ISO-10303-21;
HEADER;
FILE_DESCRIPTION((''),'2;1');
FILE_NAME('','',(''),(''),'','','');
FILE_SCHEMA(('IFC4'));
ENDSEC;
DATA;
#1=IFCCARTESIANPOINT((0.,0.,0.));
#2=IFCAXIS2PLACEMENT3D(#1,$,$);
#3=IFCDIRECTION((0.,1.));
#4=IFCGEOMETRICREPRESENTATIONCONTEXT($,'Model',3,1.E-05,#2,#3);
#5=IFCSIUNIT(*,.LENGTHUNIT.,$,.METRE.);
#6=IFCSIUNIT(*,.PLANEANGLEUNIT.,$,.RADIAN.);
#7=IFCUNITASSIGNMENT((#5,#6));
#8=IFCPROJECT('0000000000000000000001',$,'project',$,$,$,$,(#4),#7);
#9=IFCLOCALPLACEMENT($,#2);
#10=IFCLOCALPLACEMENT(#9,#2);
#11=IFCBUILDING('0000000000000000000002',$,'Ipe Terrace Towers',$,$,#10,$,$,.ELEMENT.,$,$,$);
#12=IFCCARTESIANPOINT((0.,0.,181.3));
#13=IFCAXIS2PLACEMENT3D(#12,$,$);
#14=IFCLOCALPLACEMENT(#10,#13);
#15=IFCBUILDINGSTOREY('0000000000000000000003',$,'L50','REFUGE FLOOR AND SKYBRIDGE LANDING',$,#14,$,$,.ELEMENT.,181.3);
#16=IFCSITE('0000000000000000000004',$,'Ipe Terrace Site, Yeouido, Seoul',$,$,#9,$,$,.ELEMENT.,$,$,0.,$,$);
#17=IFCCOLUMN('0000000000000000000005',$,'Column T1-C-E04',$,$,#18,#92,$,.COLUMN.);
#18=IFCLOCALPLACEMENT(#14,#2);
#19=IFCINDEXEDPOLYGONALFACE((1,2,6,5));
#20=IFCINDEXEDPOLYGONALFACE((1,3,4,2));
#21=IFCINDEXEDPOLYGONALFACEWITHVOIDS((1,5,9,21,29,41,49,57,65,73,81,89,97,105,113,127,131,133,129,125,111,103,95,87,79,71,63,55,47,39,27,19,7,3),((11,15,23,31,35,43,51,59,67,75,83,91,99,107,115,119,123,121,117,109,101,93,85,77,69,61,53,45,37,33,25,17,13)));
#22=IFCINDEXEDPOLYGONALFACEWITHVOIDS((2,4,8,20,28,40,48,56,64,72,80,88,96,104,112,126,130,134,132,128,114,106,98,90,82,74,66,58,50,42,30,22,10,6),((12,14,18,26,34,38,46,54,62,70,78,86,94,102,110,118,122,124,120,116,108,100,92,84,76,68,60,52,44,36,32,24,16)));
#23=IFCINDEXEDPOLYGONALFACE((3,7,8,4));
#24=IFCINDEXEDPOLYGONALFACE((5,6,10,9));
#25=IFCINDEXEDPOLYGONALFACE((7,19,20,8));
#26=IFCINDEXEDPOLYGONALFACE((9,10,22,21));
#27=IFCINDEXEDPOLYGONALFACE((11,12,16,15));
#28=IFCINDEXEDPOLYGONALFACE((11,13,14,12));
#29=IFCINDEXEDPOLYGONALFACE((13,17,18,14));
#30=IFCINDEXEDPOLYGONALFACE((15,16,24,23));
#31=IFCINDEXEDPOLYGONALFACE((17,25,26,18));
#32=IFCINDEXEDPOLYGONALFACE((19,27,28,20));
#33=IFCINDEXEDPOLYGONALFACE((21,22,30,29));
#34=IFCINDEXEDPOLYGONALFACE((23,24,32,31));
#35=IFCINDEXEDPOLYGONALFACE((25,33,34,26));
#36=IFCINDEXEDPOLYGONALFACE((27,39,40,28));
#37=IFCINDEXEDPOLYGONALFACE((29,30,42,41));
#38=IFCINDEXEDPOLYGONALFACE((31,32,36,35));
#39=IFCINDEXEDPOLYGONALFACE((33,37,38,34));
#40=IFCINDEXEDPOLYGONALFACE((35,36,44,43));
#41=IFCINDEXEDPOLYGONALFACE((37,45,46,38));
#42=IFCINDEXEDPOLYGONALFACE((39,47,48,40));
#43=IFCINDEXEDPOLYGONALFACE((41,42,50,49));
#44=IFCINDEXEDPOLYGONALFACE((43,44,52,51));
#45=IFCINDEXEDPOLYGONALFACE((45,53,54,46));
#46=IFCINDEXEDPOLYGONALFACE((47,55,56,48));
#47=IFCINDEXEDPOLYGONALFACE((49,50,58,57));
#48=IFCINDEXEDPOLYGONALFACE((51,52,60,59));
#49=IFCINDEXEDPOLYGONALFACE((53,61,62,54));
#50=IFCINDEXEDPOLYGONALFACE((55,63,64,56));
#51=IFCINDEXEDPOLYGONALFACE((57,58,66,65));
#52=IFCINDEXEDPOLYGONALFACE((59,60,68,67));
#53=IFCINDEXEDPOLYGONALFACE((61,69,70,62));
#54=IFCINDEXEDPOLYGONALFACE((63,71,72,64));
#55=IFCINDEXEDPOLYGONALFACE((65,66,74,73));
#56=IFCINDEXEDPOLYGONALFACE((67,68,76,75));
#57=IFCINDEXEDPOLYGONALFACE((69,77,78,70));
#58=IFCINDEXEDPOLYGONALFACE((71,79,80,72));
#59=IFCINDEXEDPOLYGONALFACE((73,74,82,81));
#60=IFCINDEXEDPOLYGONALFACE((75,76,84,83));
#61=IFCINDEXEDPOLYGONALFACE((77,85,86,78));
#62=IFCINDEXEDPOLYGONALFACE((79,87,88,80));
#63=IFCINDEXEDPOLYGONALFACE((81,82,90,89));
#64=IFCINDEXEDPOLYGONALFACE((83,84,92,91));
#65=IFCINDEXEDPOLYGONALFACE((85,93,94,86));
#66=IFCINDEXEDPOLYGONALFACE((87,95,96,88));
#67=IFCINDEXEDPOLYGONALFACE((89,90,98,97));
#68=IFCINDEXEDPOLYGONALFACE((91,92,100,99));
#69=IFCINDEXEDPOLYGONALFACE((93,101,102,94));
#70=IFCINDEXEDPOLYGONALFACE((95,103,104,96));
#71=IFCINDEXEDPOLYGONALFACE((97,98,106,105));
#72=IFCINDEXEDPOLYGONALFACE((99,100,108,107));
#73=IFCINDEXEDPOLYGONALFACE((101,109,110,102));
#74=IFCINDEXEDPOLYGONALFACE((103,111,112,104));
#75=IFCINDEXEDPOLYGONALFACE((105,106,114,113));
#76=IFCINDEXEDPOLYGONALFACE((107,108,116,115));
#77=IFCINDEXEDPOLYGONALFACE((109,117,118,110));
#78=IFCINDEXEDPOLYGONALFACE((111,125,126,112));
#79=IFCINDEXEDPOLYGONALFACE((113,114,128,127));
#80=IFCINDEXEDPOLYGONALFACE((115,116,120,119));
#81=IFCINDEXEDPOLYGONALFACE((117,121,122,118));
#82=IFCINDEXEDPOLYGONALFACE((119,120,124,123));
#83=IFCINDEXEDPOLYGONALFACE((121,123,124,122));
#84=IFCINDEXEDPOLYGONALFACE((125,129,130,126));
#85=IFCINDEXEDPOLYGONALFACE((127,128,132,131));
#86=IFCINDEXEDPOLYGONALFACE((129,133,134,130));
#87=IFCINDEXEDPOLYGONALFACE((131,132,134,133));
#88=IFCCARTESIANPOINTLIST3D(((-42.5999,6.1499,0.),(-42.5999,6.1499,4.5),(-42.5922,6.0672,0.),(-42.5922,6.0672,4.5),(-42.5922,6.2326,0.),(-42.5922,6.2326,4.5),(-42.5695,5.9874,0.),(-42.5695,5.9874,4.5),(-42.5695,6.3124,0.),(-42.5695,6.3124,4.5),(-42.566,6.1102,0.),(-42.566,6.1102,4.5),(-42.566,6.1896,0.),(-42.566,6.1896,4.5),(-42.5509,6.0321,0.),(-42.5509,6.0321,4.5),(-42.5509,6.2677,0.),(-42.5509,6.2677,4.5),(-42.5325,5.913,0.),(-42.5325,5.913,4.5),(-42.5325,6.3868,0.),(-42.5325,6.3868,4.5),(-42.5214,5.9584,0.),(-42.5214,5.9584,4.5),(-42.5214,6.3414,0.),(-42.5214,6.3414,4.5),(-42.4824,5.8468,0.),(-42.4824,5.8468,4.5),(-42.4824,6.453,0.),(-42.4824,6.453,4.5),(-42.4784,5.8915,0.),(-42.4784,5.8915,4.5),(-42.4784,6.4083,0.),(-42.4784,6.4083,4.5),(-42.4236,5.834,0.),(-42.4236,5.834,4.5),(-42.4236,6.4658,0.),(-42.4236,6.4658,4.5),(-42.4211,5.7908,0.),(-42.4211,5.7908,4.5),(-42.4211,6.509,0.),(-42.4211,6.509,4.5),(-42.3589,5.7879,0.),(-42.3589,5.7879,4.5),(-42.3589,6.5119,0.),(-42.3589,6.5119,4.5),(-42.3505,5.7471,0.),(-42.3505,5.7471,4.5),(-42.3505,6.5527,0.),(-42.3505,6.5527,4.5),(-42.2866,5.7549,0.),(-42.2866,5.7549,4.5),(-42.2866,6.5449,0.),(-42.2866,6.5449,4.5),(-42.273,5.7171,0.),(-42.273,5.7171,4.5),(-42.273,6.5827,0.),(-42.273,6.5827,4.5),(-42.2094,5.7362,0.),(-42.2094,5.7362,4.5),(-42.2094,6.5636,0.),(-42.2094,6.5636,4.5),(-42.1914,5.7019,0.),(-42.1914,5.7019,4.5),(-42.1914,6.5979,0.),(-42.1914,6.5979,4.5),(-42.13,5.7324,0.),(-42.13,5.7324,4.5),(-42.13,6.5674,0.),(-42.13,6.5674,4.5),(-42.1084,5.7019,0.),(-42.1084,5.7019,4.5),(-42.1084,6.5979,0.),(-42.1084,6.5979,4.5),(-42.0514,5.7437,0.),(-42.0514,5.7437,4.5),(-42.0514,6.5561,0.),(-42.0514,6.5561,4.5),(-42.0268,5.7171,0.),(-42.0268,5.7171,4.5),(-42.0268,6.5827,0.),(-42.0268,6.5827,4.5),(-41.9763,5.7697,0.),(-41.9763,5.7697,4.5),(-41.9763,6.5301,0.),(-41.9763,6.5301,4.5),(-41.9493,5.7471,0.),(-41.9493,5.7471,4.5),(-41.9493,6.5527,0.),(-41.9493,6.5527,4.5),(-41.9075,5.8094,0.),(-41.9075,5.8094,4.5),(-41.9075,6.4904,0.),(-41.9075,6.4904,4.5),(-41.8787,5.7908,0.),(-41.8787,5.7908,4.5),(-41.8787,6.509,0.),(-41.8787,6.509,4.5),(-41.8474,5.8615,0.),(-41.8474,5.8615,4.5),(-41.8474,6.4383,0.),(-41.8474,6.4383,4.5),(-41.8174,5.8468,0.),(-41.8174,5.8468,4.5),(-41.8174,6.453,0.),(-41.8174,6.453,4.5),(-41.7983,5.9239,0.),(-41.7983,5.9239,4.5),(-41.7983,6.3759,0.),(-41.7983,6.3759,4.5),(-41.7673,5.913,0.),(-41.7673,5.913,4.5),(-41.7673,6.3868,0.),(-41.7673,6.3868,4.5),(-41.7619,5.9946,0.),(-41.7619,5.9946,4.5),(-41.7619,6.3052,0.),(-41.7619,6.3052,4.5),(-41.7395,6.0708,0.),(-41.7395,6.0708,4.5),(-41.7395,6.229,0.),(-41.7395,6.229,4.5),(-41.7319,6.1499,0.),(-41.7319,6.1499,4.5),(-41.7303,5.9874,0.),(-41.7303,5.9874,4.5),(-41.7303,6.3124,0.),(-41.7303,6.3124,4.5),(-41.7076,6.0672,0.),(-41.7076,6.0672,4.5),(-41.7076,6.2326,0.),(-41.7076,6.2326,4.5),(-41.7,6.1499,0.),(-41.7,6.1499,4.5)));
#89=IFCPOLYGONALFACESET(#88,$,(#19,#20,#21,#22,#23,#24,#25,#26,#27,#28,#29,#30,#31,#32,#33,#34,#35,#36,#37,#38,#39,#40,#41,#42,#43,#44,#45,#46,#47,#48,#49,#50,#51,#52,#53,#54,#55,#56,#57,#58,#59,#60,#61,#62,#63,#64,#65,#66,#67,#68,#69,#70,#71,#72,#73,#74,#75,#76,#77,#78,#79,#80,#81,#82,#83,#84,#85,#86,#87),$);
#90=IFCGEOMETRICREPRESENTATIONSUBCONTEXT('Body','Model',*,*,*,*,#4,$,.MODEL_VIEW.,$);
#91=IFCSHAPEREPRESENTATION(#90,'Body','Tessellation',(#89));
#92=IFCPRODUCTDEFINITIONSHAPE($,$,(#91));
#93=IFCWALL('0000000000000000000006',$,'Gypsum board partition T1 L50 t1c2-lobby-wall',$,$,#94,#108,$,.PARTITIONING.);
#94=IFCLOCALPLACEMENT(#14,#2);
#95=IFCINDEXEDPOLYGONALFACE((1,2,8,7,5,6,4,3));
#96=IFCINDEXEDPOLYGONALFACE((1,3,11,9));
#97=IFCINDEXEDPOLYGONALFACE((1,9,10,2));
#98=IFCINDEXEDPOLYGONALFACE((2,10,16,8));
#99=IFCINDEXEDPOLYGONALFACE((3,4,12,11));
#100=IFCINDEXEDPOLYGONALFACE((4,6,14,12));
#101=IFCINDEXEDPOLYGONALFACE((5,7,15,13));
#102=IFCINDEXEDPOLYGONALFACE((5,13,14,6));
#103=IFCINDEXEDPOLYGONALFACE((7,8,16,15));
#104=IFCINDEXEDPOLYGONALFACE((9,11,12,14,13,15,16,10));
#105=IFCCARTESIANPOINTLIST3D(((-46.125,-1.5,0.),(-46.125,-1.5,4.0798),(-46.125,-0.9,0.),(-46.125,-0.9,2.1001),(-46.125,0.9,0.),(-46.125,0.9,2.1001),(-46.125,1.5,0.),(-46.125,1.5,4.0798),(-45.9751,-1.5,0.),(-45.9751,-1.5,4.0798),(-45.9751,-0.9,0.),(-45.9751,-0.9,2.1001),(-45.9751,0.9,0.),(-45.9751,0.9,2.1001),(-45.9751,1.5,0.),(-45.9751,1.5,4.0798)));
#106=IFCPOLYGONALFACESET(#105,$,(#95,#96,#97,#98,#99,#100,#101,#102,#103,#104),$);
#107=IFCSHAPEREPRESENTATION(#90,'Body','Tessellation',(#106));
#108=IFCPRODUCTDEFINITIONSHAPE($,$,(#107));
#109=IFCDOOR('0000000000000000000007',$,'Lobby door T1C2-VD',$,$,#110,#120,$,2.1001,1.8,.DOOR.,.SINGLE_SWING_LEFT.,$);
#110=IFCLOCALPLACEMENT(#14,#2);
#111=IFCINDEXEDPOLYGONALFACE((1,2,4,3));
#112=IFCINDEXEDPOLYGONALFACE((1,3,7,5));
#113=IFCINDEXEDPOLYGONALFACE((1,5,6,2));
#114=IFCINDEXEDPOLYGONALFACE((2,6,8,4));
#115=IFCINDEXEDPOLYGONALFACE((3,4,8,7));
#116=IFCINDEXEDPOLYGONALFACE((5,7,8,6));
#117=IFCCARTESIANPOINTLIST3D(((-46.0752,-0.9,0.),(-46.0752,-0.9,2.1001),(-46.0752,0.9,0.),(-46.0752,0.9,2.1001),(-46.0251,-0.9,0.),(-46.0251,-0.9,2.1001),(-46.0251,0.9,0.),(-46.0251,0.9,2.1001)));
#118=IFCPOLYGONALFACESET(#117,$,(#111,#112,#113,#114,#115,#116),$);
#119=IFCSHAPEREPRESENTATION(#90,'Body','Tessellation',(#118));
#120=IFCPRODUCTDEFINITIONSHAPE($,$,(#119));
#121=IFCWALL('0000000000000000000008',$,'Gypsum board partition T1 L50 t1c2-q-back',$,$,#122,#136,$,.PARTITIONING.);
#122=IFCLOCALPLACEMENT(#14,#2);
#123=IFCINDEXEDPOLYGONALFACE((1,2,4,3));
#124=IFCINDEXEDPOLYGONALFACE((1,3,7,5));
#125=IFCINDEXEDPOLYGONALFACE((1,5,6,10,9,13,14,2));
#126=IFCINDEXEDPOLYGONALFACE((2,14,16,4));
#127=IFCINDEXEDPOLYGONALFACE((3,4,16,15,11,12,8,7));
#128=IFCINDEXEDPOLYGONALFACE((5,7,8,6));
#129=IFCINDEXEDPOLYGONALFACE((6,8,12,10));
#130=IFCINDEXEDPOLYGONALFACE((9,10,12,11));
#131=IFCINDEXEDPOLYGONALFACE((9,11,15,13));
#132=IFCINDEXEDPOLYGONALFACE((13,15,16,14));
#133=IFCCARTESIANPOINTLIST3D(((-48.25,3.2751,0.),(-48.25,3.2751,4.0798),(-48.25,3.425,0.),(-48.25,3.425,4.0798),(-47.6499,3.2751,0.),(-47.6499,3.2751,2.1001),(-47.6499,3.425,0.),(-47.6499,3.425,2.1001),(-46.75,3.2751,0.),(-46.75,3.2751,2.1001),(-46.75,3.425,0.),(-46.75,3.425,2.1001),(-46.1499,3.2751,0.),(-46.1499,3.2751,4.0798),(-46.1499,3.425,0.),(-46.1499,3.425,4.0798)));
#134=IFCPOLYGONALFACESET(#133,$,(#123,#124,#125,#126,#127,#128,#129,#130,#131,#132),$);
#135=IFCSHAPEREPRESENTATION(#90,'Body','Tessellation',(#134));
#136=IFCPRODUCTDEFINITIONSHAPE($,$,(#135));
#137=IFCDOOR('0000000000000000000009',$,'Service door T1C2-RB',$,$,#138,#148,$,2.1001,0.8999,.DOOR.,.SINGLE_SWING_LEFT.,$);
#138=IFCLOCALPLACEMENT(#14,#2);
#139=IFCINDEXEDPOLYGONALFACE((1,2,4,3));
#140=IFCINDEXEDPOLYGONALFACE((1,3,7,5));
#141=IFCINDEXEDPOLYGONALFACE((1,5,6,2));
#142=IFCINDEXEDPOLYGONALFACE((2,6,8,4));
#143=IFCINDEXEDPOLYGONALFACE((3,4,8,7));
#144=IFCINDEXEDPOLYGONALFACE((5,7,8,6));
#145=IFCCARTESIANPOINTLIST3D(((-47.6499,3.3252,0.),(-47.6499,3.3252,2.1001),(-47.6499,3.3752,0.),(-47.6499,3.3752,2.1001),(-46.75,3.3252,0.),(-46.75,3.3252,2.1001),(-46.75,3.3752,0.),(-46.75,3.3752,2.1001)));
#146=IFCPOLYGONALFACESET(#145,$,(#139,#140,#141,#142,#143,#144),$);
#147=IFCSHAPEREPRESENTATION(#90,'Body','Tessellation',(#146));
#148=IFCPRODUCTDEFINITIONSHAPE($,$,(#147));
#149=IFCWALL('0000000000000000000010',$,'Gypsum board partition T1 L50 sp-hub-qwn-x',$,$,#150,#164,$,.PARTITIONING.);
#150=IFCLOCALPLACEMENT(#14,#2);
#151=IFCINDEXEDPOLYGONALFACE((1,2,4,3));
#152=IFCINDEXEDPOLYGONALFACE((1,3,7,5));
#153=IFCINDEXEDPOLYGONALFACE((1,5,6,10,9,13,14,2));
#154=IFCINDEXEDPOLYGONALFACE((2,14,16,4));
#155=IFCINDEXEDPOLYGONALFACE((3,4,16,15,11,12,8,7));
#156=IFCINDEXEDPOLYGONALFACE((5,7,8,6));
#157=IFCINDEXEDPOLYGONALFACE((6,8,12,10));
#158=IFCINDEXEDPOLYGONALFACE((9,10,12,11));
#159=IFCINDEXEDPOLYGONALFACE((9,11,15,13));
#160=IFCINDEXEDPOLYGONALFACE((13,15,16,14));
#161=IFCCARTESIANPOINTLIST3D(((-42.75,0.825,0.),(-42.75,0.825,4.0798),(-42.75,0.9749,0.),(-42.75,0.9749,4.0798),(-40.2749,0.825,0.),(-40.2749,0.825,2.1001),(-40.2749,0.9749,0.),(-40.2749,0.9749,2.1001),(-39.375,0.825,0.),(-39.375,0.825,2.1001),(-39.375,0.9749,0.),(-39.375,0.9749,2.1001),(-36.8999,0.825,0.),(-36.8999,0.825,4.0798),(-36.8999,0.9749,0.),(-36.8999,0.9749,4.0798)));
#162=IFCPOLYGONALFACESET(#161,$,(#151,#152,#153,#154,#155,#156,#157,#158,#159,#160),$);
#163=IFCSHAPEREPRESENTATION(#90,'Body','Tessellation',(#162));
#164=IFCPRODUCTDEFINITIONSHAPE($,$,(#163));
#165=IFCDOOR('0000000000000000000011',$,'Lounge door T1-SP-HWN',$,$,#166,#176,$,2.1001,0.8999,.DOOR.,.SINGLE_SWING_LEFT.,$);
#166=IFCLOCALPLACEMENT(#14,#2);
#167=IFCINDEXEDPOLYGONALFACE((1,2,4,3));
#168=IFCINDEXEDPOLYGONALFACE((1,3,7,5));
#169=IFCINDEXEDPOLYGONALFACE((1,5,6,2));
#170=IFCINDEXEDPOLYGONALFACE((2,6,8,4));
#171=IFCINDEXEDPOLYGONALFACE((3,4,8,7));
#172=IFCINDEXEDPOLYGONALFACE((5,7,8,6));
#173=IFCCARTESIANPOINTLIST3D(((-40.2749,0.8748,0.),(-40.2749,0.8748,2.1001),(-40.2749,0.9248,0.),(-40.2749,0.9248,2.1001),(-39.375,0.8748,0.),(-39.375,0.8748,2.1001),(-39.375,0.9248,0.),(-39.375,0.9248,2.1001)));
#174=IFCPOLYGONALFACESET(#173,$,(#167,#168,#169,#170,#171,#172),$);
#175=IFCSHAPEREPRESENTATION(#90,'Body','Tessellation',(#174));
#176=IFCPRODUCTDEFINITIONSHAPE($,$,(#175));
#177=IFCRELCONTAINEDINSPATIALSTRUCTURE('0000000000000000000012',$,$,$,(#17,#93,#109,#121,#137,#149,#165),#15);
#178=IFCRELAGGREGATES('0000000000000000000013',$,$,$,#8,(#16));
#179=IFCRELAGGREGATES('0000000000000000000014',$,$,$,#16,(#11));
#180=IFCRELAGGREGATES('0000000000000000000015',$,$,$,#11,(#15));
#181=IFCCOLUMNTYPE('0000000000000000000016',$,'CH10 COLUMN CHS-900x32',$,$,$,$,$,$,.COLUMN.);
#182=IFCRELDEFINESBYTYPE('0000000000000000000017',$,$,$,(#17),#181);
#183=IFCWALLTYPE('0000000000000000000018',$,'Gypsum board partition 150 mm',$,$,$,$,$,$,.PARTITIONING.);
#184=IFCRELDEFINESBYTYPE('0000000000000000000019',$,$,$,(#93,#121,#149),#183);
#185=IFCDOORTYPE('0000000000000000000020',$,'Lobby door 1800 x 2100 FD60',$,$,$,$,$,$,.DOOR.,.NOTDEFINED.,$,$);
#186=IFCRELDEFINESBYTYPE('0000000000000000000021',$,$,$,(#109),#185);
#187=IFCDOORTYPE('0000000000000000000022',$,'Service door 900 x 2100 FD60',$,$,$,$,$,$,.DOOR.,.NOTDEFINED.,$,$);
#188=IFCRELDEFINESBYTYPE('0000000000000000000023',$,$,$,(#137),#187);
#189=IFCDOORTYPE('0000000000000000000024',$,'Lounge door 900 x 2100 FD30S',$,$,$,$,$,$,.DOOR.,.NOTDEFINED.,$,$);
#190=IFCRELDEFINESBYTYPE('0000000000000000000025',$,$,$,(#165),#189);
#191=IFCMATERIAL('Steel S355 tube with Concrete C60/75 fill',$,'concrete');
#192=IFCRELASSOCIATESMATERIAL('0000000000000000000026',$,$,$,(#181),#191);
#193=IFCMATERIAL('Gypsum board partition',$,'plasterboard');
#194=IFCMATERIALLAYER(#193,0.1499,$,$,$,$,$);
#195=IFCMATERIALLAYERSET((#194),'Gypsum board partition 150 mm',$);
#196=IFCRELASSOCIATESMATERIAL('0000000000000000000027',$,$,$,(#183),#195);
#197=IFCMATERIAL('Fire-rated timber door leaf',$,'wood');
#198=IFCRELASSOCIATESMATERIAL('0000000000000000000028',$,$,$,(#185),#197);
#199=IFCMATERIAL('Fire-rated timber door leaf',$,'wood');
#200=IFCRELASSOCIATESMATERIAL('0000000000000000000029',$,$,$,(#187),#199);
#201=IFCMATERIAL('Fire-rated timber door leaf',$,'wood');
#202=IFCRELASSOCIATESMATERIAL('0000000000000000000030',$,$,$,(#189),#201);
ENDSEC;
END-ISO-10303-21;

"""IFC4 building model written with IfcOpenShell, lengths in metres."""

from ifc_helpers import new_model, si_unit, direction, frame, frame_2d, origin, origin_2d, place, context, subcontext, project, spatial, rectangle, hollow_circle, extrude, material, layer, layer_set, material_profile, profile_set, type_object, element, fill, save


model = new_model("IFC4")

# Units and contexts
model_context = context("Model", 3, precision=1e-05, world=origin(), true_north=direction((0.0, 1.0)))
body_context = subcontext(model_context, "Body", "Model", "MODEL_VIEW")
ifc_project = project(units=[si_unit("LENGTHUNIT", "METRE"), si_unit("PLANEANGLEUNIT", "RADIAN")], contexts=[model_context])

# Site, building, storey
site_placement = place(None, origin())
site = spatial("IfcSite", under=ifc_project, at=site_placement, Name="Ipe Terrace Site, Yeouido, Seoul", CompositionType="ELEMENT", RefElevation=0.0)
building_placement = place(site_placement, origin())
building = spatial("IfcBuilding", under=site, at=building_placement, Name="Ipe Terrace Towers", CompositionType="ELEMENT")
storey_placement = place(building_placement, frame((0.0, 0.0, 181.3)))
storey = spatial("IfcBuildingStorey", under=building, at=storey_placement, Name="L50", Description="REFUGE FLOOR AND SKYBRIDGE LANDING", CompositionType="ELEMENT", Elevation=181.3)

# Column
ifc_material_1 = material(Name="Steel S355 tube with Concrete C60/75 fill", Category="concrete")
ifc_material_profile_1 = material_profile(ifc_material_1, hollow_circle(Radius=0.45, WallThickness=0.032, at=origin_2d()), Name="CHS-900x32")
ifc_profile_set_1 = profile_set([ifc_material_profile_1], Name="Steel S355 tube with Concrete C60/75 fill")
column_type = type_object("IfcColumnType", Name="CH10 COLUMN CHS-900x32", PredefinedType="COLUMN", material=ifc_profile_set_1)
column_placement = place(storey_placement, frame((-42.1499, 6.1499, 0.0), z_axis=(0.0, 0.0, 1.0), x_axis=(1.0, 0.0, 0.0)))
element("IfcColumn", 1, at=column_placement, inside=storey, type_object=column_type, Name="Column T1-C-E04", PredefinedType="COLUMN", context=body_context, shape_type="SweptSolid", body=[
    extrude(hollow_circle(Radius=0.45, WallThickness=0.032, at=origin_2d()), origin(), (0.0, 0.0, 1.0), 4.5),
])

# Walls, openings, doors
ifc_material_2 = material(Name="Gypsum board partition", Category="plasterboard")
ifc_layer_1 = layer(ifc_material_2, 0.1499)
ifc_layer_set_1 = layer_set([ifc_layer_1], Name="Gypsum board partition 150 mm")
wall_type_1 = type_object("IfcWallType", Name="Gypsum board partition 150 mm", PredefinedType="PARTITIONING", material=ifc_layer_set_1)
wall_1_placement = place(storey_placement, frame((-46.05, 1.5, 0.0), z_axis=(0.0, 0.0, 1.0), x_axis=(0.0, -1.0, 0.0)))
wall_1 = element("IfcWall", 2, at=wall_1_placement, inside=storey, type_object=wall_type_1, Name="Gypsum board partition T1 L50 t1c2-lobby-wall", PredefinedType="PARTITIONING", context=body_context, shape_type="SweptSolid", body=[
    extrude(rectangle(XDim=3.0, YDim=0.1499, at=frame_2d((1.5, 0.0))), origin(), (0.0, 0.0, 1.0), 4.0798),
])
opening_1_placement = place(wall_1_placement, frame((0.6001, 0.0, 0.0)))
opening_1 = element("IfcOpeningElement", 3, at=opening_1_placement, cuts=wall_1, PredefinedType="OPENING", context=body_context, shape_type="SweptSolid", body=[
    extrude(rectangle(XDim=1.8, YDim=2.1001, at=frame_2d((0.8999, 1.05))), frame((0.0, 0.085, 0.0), z_axis=(0.0, -1.0, 0.0), x_axis=(1.0, 0.0, 0.0)), (0.0, 0.0, 1.0), 0.1699),
])
ifc_material_3 = material(Name="Fire-rated timber door leaf", Category="wood")
door_type_1 = type_object("IfcDoorType", Name="Lobby door 1800 x 2100 FD60", OperationType="NOTDEFINED", PredefinedType="DOOR", material=ifc_material_3)
door_1_placement = place(opening_1_placement, origin())
door_1 = element("IfcDoor", 4, at=door_1_placement, inside=storey, type_object=door_type_1, Name="Lobby door T1C2-VD", OperationType="SINGLE_SWING_LEFT", OverallHeight=2.1001, OverallWidth=1.8, PredefinedType="DOOR", context=body_context, shape_type="SweptSolid", body=[
    extrude(rectangle(XDim=1.8, YDim=2.1001, at=frame_2d((0.8999, 1.05))), frame((0.0, 0.0249, 0.0), z_axis=(0.0, -1.0, 0.0), x_axis=(1.0, 0.0, 0.0)), (0.0, 0.0, 1.0), 0.05),
])
fill(opening_1, door_1)
wall_2_placement = place(storey_placement, frame((-46.1499, 3.3501, 0.0), z_axis=(0.0, 0.0, 1.0), x_axis=(-1.0, 0.0, 0.0)))
wall_2 = element("IfcWall", 5, at=wall_2_placement, inside=storey, type_object=wall_type_1, Name="Gypsum board partition T1 L50 t1c2-q-back", PredefinedType="PARTITIONING", context=body_context, shape_type="SweptSolid", body=[
    extrude(rectangle(XDim=2.1001, YDim=0.1499, at=frame_2d((1.05, 0.0))), origin(), (0.0, 0.0, 1.0), 4.0798),
])
opening_2_placement = place(wall_2_placement, frame((0.6001, 0.0, 0.0)))
opening_2 = element("IfcOpeningElement", 6, at=opening_2_placement, cuts=wall_2, PredefinedType="OPENING", context=body_context, shape_type="SweptSolid", body=[
    extrude(rectangle(XDim=0.8999, YDim=2.1001, at=frame_2d((0.45, 1.05))), frame((0.0, 0.085, 0.0), z_axis=(0.0, -1.0, 0.0), x_axis=(1.0, 0.0, 0.0)), (0.0, 0.0, 1.0), 0.1699),
])
ifc_material_4 = material(Name="Fire-rated timber door leaf", Category="wood")
door_type_2 = type_object("IfcDoorType", Name="Service door 900 x 2100 FD60", OperationType="NOTDEFINED", PredefinedType="DOOR", material=ifc_material_4)
door_2_placement = place(opening_2_placement, origin())
door_2 = element("IfcDoor", 7, at=door_2_placement, inside=storey, type_object=door_type_2, Name="Service door T1C2-RB", OperationType="SINGLE_SWING_LEFT", OverallHeight=2.1001, OverallWidth=0.8999, PredefinedType="DOOR", context=body_context, shape_type="SweptSolid", body=[
    extrude(rectangle(XDim=0.8999, YDim=2.1001, at=frame_2d((0.45, 1.05))), frame((0.0, 0.0249, 0.0), z_axis=(0.0, -1.0, 0.0), x_axis=(1.0, 0.0, 0.0)), (0.0, 0.0, 1.0), 0.05),
])
fill(opening_2, door_2)
wall_3_placement = place(storey_placement, frame((-42.75, 0.8999, 0.0), z_axis=(0.0, 0.0, 1.0), x_axis=(1.0, 0.0, 0.0)))
wall_3 = element("IfcWall", 8, at=wall_3_placement, inside=storey, type_object=wall_type_1, Name="Gypsum board partition T1 L50 sp-hub-qwn-x", PredefinedType="PARTITIONING", context=body_context, shape_type="SweptSolid", body=[
    extrude(rectangle(XDim=5.8501, YDim=0.1499, at=frame_2d((2.925, 0.0))), origin(), (0.0, 0.0, 1.0), 4.0798),
])
opening_3_placement = place(wall_3_placement, frame((2.4751, 0.0, 0.0)))
opening_3 = element("IfcOpeningElement", 9, at=opening_3_placement, cuts=wall_3, PredefinedType="OPENING", context=body_context, shape_type="SweptSolid", body=[
    extrude(rectangle(XDim=0.8999, YDim=2.1001, at=frame_2d((0.45, 1.05))), frame((0.0, 0.085, 0.0), z_axis=(0.0, -1.0, 0.0), x_axis=(1.0, 0.0, 0.0)), (0.0, 0.0, 1.0), 0.1699),
])
ifc_material_5 = material(Name="Fire-rated timber door leaf", Category="wood")
door_type_3 = type_object("IfcDoorType", Name="Lounge door 900 x 2100 FD30S", OperationType="NOTDEFINED", PredefinedType="DOOR", material=ifc_material_5)
door_3_placement = place(opening_3_placement, origin())
door_3 = element("IfcDoor", 10, at=door_3_placement, inside=storey, type_object=door_type_3, Name="Lounge door T1-SP-HWN", OperationType="SINGLE_SWING_LEFT", OverallHeight=2.1001, OverallWidth=0.8999, PredefinedType="DOOR", context=body_context, shape_type="SweptSolid", body=[
    extrude(rectangle(XDim=0.8999, YDim=2.1001, at=frame_2d((0.45, 1.05))), frame((0.0, 0.0249, 0.0), z_axis=(0.0, -1.0, 0.0), x_axis=(1.0, 0.0, 0.0)), (0.0, 0.0, 1.0), 0.05),
])
fill(opening_3, door_3)

save(model, "model.ifc")
